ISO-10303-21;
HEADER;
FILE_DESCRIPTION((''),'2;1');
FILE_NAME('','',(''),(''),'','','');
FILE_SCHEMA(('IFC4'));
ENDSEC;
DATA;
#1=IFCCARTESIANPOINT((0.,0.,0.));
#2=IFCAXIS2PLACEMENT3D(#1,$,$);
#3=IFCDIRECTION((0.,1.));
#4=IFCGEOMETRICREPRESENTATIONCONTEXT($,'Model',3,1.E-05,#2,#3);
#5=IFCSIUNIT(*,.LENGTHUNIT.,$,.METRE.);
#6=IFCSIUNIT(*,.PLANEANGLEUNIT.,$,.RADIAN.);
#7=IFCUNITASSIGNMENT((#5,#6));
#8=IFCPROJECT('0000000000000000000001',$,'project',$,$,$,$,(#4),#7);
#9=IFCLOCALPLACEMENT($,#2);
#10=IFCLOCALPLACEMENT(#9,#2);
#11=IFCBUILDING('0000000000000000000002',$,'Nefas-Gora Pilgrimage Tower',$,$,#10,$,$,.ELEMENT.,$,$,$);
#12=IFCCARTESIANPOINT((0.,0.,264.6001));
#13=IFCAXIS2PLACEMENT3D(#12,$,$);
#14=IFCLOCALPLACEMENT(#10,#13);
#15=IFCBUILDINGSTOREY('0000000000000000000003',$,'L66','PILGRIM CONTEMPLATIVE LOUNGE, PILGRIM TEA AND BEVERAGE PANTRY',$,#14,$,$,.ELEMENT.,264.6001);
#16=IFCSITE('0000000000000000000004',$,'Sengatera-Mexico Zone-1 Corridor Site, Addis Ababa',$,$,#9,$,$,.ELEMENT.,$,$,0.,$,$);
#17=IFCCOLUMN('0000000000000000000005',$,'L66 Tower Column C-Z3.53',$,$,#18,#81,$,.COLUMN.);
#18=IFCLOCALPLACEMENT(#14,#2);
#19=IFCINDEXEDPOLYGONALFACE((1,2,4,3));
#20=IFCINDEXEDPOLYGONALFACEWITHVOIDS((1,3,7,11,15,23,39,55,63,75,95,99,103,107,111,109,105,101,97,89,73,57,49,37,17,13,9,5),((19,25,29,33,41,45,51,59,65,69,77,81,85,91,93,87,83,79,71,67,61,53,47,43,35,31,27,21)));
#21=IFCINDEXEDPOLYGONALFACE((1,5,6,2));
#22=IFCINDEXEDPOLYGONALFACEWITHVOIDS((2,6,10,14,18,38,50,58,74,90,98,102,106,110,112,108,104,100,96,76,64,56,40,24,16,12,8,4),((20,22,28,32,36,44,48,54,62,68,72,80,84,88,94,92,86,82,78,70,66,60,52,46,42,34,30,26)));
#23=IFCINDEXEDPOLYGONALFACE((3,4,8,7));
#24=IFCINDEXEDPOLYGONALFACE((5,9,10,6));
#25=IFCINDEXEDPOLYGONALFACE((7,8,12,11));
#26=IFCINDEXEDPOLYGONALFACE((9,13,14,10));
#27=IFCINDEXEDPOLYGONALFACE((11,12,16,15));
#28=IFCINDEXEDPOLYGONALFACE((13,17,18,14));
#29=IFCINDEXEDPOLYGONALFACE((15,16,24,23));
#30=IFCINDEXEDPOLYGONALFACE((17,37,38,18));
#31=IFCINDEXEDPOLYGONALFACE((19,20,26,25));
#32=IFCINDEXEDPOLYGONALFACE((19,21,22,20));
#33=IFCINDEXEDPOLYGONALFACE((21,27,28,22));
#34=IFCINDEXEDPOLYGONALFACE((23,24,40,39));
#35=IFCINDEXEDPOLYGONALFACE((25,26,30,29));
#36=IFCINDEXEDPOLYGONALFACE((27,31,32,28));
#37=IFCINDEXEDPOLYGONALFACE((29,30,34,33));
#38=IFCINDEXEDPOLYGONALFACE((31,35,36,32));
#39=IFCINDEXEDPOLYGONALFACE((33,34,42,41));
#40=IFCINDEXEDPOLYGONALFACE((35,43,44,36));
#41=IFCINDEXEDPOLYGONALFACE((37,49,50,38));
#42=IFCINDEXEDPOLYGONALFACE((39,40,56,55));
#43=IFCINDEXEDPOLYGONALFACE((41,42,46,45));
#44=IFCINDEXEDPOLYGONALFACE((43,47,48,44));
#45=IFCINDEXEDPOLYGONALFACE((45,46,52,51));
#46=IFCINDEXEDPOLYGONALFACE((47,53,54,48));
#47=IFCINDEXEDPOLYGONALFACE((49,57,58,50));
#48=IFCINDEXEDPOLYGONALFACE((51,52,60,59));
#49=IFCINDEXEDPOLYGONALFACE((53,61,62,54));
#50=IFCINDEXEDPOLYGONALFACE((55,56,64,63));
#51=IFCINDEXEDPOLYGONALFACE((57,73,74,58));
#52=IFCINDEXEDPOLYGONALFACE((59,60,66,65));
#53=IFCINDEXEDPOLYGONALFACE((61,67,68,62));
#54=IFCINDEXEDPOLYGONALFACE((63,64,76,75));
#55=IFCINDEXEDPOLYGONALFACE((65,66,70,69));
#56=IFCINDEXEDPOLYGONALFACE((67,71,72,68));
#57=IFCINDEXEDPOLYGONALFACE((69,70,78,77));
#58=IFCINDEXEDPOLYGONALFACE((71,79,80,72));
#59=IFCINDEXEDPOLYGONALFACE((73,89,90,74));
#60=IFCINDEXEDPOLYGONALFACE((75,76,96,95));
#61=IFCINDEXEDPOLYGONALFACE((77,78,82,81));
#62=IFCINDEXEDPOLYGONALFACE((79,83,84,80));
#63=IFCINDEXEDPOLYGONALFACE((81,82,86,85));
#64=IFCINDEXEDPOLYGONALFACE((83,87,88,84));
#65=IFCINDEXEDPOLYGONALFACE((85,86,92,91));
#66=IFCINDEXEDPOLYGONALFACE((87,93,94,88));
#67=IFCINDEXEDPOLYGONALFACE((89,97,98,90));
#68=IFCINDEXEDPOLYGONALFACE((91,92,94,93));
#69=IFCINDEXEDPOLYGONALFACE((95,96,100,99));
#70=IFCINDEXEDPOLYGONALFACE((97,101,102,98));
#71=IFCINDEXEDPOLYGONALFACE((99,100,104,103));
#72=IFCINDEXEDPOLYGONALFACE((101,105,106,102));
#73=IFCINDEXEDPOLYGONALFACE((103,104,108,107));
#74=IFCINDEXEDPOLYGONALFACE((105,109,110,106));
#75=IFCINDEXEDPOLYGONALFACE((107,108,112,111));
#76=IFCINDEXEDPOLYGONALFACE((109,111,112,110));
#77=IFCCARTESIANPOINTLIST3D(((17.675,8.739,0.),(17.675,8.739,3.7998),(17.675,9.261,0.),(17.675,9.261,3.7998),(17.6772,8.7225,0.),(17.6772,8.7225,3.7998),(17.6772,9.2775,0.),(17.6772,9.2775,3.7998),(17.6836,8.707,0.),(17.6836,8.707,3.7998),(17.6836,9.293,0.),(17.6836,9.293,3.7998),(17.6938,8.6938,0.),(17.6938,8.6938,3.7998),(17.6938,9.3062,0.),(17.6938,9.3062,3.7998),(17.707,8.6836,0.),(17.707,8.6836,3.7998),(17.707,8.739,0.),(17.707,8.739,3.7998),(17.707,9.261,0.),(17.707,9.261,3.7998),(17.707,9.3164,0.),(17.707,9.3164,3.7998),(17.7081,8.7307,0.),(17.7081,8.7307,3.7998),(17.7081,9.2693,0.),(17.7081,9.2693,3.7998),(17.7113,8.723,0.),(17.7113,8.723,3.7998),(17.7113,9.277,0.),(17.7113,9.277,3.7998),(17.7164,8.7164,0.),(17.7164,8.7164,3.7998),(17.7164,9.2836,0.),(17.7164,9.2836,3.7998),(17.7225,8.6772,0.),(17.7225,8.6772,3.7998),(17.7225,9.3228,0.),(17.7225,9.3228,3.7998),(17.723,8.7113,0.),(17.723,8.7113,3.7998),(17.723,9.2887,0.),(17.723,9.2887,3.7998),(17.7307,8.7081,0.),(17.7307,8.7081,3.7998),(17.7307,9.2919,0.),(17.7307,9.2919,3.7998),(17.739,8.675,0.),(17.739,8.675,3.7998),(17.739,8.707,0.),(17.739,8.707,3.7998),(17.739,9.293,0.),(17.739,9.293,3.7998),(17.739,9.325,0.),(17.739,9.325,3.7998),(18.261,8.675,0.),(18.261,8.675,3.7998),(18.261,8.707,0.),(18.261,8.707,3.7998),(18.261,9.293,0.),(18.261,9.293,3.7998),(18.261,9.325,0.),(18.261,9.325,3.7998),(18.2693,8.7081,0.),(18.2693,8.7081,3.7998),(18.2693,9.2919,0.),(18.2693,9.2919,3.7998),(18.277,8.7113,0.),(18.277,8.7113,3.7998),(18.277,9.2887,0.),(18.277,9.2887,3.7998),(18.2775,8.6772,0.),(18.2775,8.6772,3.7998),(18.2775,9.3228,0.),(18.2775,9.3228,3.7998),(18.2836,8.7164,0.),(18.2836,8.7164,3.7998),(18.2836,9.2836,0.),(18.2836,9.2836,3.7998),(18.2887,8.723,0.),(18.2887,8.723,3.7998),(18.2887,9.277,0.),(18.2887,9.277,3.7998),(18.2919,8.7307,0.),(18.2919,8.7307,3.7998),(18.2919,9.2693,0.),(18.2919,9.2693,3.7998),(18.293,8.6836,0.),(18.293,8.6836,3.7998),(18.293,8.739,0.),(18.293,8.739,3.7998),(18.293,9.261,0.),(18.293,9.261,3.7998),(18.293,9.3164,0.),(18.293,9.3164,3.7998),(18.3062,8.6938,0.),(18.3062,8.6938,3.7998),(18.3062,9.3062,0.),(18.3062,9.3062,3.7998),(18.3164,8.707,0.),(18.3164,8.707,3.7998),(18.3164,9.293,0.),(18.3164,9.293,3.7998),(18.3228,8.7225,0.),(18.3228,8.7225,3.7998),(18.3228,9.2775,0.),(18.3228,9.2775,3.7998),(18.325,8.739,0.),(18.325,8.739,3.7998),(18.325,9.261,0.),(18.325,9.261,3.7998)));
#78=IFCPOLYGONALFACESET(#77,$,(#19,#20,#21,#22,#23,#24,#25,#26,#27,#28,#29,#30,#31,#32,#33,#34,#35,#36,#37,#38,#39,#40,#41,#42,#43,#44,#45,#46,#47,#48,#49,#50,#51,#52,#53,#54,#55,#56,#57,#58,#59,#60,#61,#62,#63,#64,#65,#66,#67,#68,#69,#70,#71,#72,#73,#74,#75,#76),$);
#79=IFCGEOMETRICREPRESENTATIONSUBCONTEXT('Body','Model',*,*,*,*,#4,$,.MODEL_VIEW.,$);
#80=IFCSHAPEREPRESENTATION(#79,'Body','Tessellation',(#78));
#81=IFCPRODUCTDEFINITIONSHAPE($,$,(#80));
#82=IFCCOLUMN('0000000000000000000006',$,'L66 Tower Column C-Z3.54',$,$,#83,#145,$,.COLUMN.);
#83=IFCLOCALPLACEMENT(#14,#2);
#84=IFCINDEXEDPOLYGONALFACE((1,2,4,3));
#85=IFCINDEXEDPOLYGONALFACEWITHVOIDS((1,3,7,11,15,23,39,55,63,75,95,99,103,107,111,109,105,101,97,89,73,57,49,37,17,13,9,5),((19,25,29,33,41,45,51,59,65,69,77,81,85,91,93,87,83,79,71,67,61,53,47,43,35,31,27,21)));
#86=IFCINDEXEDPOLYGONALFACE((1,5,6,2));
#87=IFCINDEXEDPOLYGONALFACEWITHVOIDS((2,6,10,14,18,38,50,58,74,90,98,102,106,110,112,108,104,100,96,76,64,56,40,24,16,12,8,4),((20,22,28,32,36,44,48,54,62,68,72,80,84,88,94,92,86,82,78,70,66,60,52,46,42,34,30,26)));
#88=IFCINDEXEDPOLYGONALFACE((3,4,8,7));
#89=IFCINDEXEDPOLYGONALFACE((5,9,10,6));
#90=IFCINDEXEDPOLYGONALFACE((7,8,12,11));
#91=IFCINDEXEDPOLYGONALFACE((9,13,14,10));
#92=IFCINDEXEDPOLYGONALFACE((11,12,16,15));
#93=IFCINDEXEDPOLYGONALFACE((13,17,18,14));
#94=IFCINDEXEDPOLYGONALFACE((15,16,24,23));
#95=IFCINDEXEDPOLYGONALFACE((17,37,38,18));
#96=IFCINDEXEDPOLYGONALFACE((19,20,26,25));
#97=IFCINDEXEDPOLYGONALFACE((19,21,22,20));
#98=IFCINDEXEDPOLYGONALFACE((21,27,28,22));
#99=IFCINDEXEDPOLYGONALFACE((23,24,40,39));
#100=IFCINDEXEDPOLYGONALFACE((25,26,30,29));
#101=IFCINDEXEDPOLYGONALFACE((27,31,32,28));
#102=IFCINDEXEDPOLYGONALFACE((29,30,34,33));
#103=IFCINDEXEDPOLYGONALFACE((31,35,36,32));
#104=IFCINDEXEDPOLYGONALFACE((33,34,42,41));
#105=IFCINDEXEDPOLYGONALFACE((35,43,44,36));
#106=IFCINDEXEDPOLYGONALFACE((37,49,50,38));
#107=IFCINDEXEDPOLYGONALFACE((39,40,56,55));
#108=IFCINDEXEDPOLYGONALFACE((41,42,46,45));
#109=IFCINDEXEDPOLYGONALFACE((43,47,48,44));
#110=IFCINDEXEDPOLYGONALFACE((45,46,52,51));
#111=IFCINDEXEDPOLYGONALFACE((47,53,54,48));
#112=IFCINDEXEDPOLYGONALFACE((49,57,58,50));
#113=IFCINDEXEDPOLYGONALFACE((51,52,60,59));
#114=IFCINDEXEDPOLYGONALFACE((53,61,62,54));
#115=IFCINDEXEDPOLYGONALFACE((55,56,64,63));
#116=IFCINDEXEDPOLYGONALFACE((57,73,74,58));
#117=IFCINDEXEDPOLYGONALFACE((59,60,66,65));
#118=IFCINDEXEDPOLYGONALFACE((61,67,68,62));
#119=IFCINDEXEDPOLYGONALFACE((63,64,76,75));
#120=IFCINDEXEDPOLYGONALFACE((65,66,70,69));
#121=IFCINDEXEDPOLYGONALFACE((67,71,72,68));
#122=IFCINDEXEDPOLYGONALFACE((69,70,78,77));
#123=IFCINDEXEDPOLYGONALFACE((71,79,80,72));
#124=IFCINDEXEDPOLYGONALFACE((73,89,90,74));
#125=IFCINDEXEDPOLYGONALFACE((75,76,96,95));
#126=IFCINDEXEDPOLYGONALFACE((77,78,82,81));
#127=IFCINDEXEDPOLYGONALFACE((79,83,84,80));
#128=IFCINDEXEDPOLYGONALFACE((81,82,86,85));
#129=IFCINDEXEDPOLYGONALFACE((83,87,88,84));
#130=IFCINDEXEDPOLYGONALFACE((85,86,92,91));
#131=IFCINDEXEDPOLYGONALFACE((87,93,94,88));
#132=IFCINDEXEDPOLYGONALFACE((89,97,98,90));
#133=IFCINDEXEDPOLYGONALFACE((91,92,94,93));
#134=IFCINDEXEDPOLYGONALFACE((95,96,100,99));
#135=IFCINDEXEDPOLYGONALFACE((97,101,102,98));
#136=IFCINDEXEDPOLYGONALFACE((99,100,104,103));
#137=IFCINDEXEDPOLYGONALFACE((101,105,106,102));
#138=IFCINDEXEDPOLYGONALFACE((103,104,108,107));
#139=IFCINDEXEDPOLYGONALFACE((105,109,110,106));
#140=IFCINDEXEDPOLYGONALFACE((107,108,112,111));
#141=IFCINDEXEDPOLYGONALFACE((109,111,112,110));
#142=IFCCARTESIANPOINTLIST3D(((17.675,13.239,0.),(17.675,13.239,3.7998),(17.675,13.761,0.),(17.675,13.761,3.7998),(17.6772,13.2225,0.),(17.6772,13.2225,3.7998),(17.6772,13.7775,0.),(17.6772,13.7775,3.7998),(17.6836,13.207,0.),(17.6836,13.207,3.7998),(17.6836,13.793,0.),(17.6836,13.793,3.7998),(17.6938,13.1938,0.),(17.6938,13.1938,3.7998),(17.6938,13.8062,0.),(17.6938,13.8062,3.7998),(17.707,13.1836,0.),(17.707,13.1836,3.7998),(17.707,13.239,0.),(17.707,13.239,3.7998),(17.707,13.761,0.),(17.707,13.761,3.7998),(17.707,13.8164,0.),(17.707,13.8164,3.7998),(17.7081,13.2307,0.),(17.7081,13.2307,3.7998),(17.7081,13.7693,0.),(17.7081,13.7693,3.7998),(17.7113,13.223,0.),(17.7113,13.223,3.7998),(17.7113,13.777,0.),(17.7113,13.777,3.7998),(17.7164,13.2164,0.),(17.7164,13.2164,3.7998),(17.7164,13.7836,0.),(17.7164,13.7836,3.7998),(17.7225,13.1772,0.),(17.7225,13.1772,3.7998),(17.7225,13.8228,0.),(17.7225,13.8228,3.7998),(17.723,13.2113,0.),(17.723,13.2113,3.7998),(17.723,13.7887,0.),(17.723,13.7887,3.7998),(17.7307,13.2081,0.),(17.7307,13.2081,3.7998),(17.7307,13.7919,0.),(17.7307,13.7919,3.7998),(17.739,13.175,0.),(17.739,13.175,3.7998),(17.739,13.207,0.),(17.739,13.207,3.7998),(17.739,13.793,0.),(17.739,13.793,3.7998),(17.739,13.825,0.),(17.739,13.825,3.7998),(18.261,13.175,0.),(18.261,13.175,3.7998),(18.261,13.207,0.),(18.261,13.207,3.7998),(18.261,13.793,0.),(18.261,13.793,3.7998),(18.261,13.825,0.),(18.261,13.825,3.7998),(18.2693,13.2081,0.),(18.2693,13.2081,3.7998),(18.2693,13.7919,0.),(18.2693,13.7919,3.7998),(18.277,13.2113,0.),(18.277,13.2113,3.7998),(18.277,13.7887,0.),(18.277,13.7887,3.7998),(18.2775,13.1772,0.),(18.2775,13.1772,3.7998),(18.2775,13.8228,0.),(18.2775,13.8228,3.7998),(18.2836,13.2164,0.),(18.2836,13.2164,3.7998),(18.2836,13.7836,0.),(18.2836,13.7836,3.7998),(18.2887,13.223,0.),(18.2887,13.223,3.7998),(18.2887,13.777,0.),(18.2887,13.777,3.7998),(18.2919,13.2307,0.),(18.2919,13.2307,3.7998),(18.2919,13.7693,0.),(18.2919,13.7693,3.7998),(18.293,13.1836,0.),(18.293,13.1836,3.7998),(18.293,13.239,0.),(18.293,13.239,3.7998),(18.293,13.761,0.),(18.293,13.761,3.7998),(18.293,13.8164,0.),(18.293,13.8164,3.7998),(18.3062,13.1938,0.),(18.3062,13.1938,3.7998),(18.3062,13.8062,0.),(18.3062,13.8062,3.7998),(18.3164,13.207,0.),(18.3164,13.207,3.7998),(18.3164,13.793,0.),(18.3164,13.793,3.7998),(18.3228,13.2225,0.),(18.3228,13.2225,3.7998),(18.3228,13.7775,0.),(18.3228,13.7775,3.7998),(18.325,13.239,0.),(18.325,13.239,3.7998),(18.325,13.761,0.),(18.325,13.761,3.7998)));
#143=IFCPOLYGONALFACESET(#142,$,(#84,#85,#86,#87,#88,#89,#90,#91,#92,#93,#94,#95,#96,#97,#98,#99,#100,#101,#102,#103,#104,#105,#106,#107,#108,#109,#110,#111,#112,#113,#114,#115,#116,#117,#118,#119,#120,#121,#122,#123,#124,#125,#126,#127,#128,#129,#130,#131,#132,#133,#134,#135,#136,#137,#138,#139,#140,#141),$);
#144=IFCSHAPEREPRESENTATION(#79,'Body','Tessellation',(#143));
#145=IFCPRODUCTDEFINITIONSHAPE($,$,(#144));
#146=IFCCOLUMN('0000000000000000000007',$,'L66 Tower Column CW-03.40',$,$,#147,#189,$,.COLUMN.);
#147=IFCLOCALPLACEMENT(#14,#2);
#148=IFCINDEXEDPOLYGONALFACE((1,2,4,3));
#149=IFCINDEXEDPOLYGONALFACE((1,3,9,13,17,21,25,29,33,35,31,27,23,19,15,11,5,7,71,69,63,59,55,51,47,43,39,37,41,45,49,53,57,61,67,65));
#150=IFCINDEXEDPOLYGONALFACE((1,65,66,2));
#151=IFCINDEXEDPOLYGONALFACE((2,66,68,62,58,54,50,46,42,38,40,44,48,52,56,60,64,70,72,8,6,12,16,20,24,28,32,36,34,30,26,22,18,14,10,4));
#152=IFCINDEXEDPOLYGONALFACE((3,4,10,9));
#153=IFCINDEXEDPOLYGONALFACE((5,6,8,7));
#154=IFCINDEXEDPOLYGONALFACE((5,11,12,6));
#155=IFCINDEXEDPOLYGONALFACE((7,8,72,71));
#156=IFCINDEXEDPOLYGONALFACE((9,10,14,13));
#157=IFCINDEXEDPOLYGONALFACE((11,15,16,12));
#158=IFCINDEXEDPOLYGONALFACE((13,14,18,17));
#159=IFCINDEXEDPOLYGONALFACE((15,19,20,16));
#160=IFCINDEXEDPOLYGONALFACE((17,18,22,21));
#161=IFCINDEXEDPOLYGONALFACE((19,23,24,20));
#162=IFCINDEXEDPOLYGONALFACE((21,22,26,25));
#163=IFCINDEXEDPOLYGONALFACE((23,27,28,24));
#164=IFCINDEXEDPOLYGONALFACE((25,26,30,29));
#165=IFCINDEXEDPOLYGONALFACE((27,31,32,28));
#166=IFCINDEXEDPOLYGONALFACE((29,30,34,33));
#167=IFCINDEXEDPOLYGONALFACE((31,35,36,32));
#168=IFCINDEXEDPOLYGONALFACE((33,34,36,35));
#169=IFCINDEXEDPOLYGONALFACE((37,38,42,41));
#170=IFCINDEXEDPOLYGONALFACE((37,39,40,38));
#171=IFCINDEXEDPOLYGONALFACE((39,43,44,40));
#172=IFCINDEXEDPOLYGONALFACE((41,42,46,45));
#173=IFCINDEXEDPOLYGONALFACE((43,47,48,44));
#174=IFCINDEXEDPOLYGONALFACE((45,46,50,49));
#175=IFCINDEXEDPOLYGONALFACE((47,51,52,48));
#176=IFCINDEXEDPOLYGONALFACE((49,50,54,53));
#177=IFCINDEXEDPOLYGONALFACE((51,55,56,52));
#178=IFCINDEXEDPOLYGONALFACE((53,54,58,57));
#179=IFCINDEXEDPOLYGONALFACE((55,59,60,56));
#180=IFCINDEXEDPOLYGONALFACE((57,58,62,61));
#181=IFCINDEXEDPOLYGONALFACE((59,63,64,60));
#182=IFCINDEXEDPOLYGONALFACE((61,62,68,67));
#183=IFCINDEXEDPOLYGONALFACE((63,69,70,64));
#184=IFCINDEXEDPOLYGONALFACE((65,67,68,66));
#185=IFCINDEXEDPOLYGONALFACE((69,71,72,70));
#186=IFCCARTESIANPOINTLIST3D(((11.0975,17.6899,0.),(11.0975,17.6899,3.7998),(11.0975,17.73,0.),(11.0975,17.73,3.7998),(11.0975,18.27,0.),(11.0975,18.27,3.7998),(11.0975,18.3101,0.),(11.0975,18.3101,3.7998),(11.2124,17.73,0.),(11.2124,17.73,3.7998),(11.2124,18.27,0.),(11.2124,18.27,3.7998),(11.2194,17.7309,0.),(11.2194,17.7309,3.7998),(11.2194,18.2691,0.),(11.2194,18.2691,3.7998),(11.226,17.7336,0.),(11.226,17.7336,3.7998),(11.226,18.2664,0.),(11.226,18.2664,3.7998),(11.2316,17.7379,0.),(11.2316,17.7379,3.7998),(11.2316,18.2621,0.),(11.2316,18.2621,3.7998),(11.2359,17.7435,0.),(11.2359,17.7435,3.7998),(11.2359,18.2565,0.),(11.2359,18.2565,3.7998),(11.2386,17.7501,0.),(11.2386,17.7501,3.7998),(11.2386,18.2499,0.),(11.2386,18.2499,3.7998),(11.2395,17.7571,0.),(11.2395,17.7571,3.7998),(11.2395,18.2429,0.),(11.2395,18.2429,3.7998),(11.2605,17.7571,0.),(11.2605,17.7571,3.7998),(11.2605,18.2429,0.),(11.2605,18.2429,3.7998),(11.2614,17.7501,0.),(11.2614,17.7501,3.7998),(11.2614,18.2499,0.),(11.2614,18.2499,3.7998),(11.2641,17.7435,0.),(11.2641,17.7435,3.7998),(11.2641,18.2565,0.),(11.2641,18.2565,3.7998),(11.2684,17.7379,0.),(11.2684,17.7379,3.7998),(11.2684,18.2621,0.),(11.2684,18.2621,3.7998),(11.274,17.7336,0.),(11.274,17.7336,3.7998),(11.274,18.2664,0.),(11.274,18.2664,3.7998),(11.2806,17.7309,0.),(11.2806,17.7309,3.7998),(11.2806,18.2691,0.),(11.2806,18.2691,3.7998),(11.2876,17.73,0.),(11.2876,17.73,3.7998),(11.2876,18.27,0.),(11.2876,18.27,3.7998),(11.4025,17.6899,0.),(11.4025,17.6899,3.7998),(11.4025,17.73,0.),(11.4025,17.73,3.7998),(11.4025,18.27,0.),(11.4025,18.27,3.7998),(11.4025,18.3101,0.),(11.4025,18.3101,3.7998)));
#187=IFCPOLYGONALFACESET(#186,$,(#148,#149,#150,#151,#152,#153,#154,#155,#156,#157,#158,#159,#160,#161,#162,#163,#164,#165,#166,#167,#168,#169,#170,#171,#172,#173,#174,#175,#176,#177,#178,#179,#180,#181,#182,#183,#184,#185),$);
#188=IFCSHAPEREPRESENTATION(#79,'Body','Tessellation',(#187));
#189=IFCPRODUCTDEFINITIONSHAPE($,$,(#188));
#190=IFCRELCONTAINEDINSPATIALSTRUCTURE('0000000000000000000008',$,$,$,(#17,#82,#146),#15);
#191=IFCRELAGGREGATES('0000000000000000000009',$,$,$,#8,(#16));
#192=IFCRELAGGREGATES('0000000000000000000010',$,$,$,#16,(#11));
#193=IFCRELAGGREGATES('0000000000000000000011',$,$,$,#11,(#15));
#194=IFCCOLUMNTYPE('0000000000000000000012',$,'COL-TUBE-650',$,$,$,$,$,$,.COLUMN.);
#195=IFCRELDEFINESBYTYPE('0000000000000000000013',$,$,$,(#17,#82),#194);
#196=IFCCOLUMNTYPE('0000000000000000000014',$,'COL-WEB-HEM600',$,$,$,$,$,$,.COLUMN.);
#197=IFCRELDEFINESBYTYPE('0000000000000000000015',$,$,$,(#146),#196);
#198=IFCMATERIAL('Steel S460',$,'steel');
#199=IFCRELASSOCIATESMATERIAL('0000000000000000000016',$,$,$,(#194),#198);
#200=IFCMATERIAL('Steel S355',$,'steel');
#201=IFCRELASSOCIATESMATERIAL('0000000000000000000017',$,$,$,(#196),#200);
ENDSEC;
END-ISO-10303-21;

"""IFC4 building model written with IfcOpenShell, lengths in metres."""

from ifc_helpers import new_model, si_unit, direction, frame, origin, origin_2d, place, context, subcontext, project, spatial, hollow_rectangle, i_section, extrude, source, transform, mapped, material, material_profile, profile_set, type_object, element, save


model = new_model("IFC4")

# Units and contexts
model_context = context("Model", 3, precision=1e-05, world=origin(), true_north=direction((0.0, 1.0)))
body_context = subcontext(model_context, "Body", "Model", "MODEL_VIEW")
ifc_project = project(units=[si_unit("LENGTHUNIT", "METRE"), si_unit("PLANEANGLEUNIT", "RADIAN")], contexts=[model_context])

# Site, building, storey
site_placement = place(None, origin())
site = spatial("IfcSite", under=ifc_project, at=site_placement, Name="Sengatera-Mexico Zone-1 Corridor Site, Addis Ababa", CompositionType="ELEMENT", RefElevation=0.0)
building_placement = place(site_placement, origin())
building = spatial("IfcBuilding", under=site, at=building_placement, Name="Nefas-Gora Pilgrimage Tower", CompositionType="ELEMENT")
storey_placement = place(building_placement, frame((0.0, 0.0, 264.6001)))
storey = spatial("IfcBuildingStorey", under=building, at=storey_placement, Name="L66", Description="PILGRIM CONTEMPLATIVE LOUNGE, PILGRIM TEA AND BEVERAGE PANTRY", CompositionType="ELEMENT", Elevation=264.6001)

# Columns
ifc_material_1 = material(Name="Steel S460", Category="steel")
ifc_material_profile_1 = material_profile(ifc_material_1, hollow_rectangle(XDim=0.6499, YDim=0.6499, WallThickness=0.032, InnerFilletRadius=0.032, OuterFilletRadius=0.064, at=origin_2d()), Name="BOX 650x650x32")
ifc_profile_set_1 = profile_set([ifc_material_profile_1], Name="Steel S460")
column_type_1 = type_object("IfcColumnType", Name="COL-TUBE-650", PredefinedType="COLUMN", material=ifc_profile_set_1)
shared_shape_1 = source(origin(), body_context, "Body", "SweptSolid", [
    extrude(hollow_rectangle(XDim=0.6499, YDim=0.6499, WallThickness=0.032, InnerFilletRadius=0.032, OuterFilletRadius=0.064, at=origin_2d()), origin(), (0.0, 0.0, 1.0), 3.7998),
])
for number, where, z_axis, x_axis, name in (
    (1, (18.0, 9.0, 0.0), (0.0, 0.0, 1.0), (1.0, 0.0, 0.0), "L66 Tower Column C-Z3.53"),
    (2, (18.0, 13.5, 0.0), (0.0, 0.0, 1.0), (1.0, 0.0, 0.0), "L66 Tower Column C-Z3.54"),
):
    element("IfcColumn", number, at=place(storey_placement, frame(where, z_axis=z_axis, x_axis=x_axis)), inside=storey, type_object=column_type_1, Name=name, PredefinedType="COLUMN", context=body_context, shape_type="MappedRepresentation", body=[
        mapped(shared_shape_1, transform((0.0, 0.0, 0.0), x_axis=(1.0, 0.0, 0.0), y_axis=(0.0, 1.0, 0.0), z_axis=(0.0, 0.0, 1.0), scale=1.0)),
    ])
ifc_material_2 = material(Name="Steel S355", Category="steel")
ifc_material_profile_2 = material_profile(ifc_material_2, i_section(OverallWidth=0.3049, OverallDepth=0.6201, WebThickness=0.021, FlangeThickness=0.04, FilletRadius=0.0271, at=origin_2d()), Name="HEM 600")
ifc_profile_set_2 = profile_set([ifc_material_profile_2], Name="Steel S355")
column_type_2 = type_object("IfcColumnType", Name="COL-WEB-HEM600", PredefinedType="COLUMN", material=ifc_profile_set_2)
shared_shape_2 = source(origin(), body_context, "Body", "SweptSolid", [
    extrude(i_section(OverallWidth=0.3049, OverallDepth=0.6201, WebThickness=0.021, FlangeThickness=0.04, FilletRadius=0.0271, at=origin_2d()), origin(), (0.0, 0.0, 1.0), 3.7998),
])
for number, where, z_axis, x_axis, name in (
    (3, (11.25, 18.0, 0.0), (0.0, 0.0, 1.0), (1.0, 0.0, 0.0), "L66 Tower Column CW-03.40"),
):
    element("IfcColumn", number, at=place(storey_placement, frame(where, z_axis=z_axis, x_axis=x_axis)), inside=storey, type_object=column_type_2, Name=name, PredefinedType="COLUMN", context=body_context, shape_type="MappedRepresentation", body=[
        mapped(shared_shape_2, transform((0.0, 0.0, 0.0), x_axis=(1.0, 0.0, 0.0), y_axis=(0.0, 1.0, 0.0), z_axis=(0.0, 0.0, 1.0), scale=1.0)),
    ])

save(model, "model.ifc")
